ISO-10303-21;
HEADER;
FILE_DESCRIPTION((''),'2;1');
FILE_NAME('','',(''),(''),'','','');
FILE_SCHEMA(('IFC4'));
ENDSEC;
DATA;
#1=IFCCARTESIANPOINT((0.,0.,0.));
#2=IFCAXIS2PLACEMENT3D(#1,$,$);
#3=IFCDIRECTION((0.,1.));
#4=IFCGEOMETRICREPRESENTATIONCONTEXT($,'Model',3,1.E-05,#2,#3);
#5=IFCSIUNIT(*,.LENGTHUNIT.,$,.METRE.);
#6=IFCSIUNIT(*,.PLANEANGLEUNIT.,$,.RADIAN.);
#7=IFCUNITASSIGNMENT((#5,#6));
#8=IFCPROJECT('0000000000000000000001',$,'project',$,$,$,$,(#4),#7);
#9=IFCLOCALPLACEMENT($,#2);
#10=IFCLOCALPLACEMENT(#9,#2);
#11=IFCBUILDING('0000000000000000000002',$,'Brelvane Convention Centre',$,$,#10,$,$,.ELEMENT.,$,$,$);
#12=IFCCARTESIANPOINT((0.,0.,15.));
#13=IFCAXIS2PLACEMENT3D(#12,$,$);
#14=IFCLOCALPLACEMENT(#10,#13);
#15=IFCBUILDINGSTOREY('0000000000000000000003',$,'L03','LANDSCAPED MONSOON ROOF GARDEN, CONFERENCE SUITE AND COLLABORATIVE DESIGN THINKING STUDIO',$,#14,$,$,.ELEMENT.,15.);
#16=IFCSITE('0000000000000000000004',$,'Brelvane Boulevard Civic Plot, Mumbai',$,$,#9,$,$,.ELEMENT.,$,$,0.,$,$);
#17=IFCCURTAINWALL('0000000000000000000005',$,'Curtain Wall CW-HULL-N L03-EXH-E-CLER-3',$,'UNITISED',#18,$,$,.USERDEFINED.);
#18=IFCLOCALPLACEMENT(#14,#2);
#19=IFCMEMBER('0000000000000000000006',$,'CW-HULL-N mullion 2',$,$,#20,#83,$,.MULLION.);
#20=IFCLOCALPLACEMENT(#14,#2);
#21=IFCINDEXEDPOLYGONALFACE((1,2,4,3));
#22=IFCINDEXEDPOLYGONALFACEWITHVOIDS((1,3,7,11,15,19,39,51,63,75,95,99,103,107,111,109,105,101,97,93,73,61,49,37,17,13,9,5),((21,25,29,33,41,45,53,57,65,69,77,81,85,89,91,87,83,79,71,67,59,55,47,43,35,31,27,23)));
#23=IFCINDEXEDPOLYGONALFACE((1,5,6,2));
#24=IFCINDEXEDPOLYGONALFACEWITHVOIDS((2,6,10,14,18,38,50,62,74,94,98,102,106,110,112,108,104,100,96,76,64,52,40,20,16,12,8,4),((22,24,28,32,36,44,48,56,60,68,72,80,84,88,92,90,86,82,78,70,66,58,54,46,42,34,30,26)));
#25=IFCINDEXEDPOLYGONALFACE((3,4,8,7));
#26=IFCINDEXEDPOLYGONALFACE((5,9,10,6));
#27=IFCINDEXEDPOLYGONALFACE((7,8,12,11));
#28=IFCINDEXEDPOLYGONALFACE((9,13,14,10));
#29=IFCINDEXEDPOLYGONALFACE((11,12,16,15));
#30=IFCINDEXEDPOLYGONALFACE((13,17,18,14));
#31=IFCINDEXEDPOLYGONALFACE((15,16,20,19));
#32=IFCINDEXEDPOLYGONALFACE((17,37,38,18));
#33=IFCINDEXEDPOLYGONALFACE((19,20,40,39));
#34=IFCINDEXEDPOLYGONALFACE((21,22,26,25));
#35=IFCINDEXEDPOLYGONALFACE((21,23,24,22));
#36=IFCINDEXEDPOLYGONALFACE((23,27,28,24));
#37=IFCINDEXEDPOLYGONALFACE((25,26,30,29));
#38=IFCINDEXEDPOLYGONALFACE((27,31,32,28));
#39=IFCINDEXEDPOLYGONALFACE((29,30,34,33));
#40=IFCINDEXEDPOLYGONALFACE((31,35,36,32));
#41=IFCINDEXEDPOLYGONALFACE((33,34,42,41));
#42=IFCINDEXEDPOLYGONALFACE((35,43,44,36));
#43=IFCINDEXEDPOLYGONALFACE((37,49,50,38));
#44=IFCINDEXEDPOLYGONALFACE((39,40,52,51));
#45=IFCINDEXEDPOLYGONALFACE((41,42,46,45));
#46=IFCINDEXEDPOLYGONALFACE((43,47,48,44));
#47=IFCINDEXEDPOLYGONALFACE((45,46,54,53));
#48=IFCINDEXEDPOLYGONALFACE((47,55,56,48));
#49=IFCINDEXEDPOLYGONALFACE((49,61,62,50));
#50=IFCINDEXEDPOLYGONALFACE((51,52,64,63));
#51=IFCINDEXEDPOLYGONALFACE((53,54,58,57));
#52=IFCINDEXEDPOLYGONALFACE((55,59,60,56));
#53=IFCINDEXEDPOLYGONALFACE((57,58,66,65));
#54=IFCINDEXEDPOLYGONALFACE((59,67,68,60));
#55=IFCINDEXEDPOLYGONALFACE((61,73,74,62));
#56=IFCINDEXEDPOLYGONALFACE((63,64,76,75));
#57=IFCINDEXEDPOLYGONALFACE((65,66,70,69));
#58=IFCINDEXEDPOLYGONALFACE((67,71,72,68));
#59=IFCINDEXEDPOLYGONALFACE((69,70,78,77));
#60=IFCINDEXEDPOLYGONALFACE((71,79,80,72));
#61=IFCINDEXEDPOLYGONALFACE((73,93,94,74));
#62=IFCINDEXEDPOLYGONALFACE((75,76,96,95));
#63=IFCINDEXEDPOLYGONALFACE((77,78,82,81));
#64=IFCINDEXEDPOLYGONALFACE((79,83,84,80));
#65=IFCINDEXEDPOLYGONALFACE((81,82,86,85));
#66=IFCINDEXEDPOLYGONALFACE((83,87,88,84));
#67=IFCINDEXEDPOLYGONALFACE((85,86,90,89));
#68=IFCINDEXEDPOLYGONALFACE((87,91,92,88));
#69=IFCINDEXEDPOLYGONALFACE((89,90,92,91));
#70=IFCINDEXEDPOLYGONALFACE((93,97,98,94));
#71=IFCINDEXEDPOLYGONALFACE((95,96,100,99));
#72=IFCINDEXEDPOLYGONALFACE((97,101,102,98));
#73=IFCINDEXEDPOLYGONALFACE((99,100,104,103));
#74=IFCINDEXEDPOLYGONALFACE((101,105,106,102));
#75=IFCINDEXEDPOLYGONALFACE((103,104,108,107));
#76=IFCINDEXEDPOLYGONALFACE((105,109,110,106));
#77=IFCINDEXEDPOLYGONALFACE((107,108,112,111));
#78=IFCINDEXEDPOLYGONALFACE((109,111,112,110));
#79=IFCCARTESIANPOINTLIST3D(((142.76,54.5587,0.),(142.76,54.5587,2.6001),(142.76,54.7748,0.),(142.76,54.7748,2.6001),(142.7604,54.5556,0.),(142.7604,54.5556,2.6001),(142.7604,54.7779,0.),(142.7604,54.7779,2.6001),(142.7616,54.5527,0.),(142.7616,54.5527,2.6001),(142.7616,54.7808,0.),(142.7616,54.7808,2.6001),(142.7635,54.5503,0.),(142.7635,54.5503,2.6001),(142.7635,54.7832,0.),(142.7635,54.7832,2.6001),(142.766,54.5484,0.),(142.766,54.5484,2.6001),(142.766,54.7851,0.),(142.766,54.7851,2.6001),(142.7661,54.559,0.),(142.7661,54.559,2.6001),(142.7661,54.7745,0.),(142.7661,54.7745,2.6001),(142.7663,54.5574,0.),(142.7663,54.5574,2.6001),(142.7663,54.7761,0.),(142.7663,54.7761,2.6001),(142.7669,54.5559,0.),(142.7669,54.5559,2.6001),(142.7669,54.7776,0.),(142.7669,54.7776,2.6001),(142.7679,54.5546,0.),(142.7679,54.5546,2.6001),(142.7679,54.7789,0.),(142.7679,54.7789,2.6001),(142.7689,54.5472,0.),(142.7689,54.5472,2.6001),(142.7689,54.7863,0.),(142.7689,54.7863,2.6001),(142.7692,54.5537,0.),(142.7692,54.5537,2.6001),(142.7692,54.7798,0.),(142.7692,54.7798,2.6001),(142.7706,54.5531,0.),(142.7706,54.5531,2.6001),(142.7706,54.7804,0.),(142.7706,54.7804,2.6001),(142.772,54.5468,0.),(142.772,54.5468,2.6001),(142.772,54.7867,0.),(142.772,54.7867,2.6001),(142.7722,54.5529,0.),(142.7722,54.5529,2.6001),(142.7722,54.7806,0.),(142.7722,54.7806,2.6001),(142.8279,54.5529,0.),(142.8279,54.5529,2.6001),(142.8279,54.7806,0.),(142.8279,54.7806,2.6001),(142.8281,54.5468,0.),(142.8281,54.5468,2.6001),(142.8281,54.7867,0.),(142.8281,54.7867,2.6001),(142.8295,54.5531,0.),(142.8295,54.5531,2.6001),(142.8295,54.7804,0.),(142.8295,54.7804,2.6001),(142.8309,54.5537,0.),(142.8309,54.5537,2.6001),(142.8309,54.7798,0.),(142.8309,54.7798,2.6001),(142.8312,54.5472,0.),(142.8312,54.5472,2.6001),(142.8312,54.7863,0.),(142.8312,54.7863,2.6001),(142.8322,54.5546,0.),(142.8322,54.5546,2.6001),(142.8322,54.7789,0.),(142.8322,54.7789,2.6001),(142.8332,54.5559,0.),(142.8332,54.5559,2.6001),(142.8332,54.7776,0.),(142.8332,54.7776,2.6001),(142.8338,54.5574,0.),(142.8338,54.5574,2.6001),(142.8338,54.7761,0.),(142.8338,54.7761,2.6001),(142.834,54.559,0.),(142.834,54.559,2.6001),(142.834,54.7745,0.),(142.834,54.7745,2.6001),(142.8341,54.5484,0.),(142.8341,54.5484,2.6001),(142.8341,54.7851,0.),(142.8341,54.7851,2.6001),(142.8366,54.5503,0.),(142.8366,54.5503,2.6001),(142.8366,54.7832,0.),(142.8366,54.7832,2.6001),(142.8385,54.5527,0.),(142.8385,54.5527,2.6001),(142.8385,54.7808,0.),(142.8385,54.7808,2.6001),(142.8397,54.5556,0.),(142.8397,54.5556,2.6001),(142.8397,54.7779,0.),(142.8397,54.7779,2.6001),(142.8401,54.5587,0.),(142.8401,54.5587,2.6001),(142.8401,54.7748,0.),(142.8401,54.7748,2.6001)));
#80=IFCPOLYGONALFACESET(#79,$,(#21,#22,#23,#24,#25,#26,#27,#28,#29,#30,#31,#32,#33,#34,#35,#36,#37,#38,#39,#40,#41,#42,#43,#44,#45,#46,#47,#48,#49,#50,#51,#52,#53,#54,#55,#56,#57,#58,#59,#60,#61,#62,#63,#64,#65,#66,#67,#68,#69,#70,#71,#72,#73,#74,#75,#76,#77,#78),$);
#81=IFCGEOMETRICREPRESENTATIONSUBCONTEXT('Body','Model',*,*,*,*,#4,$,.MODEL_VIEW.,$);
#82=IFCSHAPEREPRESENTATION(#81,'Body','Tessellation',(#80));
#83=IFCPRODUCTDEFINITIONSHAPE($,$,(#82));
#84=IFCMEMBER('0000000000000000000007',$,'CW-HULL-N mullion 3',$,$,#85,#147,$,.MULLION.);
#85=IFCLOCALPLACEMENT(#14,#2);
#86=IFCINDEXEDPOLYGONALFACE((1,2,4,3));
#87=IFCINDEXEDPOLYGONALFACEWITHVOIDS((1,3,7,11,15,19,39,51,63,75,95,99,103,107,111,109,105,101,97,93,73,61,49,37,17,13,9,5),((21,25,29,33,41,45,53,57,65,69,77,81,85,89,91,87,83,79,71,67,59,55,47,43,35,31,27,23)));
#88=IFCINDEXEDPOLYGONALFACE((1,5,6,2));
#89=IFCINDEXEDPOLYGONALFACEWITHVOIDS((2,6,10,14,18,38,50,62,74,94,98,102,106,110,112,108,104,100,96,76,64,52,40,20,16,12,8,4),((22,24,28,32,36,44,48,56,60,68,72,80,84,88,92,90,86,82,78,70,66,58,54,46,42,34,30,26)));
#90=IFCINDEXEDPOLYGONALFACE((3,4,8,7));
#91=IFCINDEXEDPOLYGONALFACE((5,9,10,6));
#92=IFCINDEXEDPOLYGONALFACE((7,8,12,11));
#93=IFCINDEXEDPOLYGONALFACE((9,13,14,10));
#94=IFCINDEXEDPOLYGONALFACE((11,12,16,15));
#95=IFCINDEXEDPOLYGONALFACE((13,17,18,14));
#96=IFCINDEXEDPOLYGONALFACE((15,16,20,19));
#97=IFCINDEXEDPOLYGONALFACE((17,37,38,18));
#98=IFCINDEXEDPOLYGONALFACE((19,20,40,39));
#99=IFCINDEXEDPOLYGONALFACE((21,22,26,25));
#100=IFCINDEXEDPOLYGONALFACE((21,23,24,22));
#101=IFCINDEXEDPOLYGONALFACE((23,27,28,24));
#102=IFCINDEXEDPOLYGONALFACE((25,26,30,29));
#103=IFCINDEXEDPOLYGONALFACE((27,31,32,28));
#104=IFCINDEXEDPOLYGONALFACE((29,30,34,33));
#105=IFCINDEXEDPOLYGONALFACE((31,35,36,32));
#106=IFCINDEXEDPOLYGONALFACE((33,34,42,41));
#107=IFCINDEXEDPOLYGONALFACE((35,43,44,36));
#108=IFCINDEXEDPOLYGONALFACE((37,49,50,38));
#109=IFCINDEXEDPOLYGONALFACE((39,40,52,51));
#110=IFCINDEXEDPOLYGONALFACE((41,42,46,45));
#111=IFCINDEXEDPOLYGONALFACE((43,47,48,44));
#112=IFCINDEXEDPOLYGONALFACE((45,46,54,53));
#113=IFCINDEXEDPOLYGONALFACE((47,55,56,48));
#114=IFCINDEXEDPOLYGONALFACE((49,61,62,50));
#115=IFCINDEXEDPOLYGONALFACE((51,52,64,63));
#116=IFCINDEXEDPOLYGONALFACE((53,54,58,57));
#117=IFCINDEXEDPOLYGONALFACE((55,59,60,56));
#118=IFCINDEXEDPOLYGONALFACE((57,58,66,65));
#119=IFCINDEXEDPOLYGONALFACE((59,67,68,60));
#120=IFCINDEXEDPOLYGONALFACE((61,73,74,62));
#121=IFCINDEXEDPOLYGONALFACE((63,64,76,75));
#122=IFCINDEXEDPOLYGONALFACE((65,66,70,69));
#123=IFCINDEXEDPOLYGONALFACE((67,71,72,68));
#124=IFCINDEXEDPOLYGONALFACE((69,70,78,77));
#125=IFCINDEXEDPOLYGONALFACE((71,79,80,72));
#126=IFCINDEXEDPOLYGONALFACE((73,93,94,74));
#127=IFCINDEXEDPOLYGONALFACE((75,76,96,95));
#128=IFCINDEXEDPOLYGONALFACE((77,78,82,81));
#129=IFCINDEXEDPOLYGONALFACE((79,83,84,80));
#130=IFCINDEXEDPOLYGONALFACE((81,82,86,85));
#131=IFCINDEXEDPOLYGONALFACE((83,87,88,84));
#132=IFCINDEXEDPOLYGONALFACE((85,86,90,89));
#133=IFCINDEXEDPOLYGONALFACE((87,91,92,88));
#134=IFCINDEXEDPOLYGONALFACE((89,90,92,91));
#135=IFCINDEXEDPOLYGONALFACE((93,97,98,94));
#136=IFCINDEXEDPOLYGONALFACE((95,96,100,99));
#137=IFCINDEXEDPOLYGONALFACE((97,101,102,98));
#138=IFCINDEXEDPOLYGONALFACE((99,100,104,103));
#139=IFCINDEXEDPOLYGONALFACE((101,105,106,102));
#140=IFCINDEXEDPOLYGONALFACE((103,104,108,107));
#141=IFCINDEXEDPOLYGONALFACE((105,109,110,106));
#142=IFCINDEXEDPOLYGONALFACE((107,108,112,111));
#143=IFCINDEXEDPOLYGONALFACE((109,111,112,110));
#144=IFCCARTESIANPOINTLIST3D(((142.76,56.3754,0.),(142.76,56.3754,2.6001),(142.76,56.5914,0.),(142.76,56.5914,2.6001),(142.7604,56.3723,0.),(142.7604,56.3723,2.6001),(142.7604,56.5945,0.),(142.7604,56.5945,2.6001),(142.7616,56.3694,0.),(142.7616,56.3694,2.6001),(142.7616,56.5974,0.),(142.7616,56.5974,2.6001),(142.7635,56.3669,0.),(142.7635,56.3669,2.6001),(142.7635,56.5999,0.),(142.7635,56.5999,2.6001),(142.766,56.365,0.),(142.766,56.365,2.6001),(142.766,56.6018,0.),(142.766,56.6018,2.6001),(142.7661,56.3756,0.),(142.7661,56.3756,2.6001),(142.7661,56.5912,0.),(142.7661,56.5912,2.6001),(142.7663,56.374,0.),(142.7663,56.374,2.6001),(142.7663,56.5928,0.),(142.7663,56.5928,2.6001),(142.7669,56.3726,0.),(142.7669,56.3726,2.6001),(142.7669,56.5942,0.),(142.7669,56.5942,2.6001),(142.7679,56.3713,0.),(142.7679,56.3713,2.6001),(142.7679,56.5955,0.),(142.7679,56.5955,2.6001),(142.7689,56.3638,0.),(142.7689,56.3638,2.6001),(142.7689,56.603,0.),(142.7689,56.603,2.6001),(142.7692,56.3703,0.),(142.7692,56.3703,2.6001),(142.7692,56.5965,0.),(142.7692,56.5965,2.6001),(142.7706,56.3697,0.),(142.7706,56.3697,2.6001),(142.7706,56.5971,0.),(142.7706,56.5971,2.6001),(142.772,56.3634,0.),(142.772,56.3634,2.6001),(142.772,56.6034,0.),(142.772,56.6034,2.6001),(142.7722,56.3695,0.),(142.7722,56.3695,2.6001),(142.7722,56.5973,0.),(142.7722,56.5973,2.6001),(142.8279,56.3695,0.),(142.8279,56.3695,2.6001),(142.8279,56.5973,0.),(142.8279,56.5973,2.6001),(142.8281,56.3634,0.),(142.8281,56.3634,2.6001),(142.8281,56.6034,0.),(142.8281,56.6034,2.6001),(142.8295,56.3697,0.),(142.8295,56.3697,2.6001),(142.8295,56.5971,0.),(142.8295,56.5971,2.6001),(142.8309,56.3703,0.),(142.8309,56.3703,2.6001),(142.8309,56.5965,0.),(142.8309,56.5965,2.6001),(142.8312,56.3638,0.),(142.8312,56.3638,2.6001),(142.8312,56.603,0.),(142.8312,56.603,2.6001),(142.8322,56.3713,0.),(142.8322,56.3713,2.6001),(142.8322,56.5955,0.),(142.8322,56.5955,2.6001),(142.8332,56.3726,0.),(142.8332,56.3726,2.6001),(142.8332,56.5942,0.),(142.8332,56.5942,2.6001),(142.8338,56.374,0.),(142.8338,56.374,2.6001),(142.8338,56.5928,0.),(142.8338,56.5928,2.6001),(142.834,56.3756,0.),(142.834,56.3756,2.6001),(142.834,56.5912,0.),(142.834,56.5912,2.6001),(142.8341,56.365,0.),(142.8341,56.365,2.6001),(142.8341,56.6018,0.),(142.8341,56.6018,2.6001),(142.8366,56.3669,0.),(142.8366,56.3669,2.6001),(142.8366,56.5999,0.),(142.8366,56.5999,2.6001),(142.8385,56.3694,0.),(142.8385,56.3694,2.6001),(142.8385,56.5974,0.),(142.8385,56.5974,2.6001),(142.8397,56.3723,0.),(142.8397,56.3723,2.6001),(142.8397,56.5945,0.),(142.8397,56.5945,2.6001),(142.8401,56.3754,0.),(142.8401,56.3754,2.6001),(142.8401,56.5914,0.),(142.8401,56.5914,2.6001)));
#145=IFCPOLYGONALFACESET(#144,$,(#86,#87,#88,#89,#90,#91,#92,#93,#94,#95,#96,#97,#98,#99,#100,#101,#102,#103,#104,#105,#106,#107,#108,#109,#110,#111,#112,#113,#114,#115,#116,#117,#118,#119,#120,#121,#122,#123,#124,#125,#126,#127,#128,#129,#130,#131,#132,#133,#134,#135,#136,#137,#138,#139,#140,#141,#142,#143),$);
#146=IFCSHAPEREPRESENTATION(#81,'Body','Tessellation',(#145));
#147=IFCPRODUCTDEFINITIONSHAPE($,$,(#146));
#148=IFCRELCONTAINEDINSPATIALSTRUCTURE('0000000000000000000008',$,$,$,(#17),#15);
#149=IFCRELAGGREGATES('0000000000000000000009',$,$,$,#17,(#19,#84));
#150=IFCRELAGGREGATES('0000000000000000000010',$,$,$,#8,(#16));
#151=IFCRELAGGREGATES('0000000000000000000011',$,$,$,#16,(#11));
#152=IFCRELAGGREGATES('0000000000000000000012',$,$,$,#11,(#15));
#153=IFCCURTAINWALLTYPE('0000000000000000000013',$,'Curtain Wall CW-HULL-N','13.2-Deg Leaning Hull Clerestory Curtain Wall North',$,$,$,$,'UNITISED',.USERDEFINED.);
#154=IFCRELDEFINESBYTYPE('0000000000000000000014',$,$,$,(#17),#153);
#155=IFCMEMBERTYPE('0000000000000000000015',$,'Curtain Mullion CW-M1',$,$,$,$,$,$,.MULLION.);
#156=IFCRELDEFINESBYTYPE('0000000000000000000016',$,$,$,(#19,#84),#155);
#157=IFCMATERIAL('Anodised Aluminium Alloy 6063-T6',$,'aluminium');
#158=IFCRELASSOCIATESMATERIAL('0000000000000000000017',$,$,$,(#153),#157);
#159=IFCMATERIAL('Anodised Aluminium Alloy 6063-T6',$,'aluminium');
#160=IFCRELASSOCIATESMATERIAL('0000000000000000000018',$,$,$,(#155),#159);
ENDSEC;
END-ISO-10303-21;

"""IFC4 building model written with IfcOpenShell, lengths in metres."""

from ifc_helpers import new_model, si_unit, direction, frame, origin, origin_2d, place, context, subcontext, project, spatial, hollow_rectangle, extrude, material, material_profile, profile_set, type_object, element, aggregate, save


model = new_model("IFC4")

# Units and contexts
model_context = context("Model", 3, precision=1e-05, world=origin(), true_north=direction((0.0, 1.0)))
body_context = subcontext(model_context, "Body", "Model", "MODEL_VIEW")
ifc_project = project(units=[si_unit("LENGTHUNIT", "METRE"), si_unit("PLANEANGLEUNIT", "RADIAN")], contexts=[model_context])

# Site, building, storey
site_placement = place(None, origin())
site = spatial("IfcSite", under=ifc_project, at=site_placement, Name="Brelvane Boulevard Civic Plot, Mumbai", CompositionType="ELEMENT", RefElevation=0.0)
building_placement = place(site_placement, origin())
building = spatial("IfcBuilding", under=site, at=building_placement, Name="Brelvane Convention Centre", CompositionType="ELEMENT")
storey_placement = place(building_placement, frame((0.0, 0.0, 15.0)))
storey = spatial("IfcBuildingStorey", under=building, at=storey_placement, Name="L03", Description="LANDSCAPED MONSOON ROOF GARDEN, CONFERENCE SUITE AND COLLABORATIVE DESIGN THINKING STUDIO", CompositionType="ELEMENT", Elevation=15.0)

# Curtain wall, members
ifc_material_1 = material(Name="Anodised Aluminium Alloy 6063-T6", Category="aluminium")
curtain_wall_type = type_object("IfcCurtainWallType", Name="Curtain Wall CW-HULL-N", Description="13.2-Deg Leaning Hull Clerestory Curtain Wall North", ElementType="UNITISED", PredefinedType="USERDEFINED", material=ifc_material_1)
curtain_wall_placement = place(storey_placement, origin())
curtain_wall = element("IfcCurtainWall", 1, at=curtain_wall_placement, inside=storey, type_object=curtain_wall_type, Name="Curtain Wall CW-HULL-N L03-EXH-E-CLER-3", ObjectType="UNITISED", PredefinedType="USERDEFINED")
ifc_material_2 = material(Name="Anodised Aluminium Alloy 6063-T6", Category="aluminium")
ifc_material_profile_1 = material_profile(ifc_material_2, hollow_rectangle(XDim=0.0801, YDim=0.24, WallThickness=0.0061, InnerFilletRadius=0.0061, OuterFilletRadius=0.012, at=origin_2d()), Name="ALU-M 240x80x6.0")
ifc_profile_set_1 = profile_set([ifc_material_profile_1], Name="Anodised Aluminium Alloy 6063-T6")
member_type_1 = type_object("IfcMemberType", Name="Curtain Mullion CW-M1", PredefinedType="MULLION", material=ifc_profile_set_1)
member_1_placement = place(storey_placement, frame((142.8, 54.6667, 0.0), z_axis=(0.0, 0.0, 1.0), x_axis=(-1.0, 0.0, 0.0)))
member_1 = element("IfcMember", 2, at=member_1_placement, type_object=member_type_1, Name="CW-HULL-N mullion 2", PredefinedType="MULLION", context=body_context, shape_type="SweptSolid", body=[
    extrude(hollow_rectangle(XDim=0.0801, YDim=0.24, WallThickness=0.0061, InnerFilletRadius=0.0061, OuterFilletRadius=0.012, at=origin_2d()), origin(), (0.0, 0.0, 1.0), 2.6001),
])
member_2_placement = place(storey_placement, frame((142.8, 56.4834, 0.0), z_axis=(0.0, 0.0, 1.0), x_axis=(-1.0, 0.0, 0.0)))
member_2 = element("IfcMember", 3, at=member_2_placement, type_object=member_type_1, Name="CW-HULL-N mullion 3", PredefinedType="MULLION", context=body_context, shape_type="SweptSolid", body=[
    extrude(hollow_rectangle(XDim=0.0801, YDim=0.24, WallThickness=0.0061, InnerFilletRadius=0.0061, OuterFilletRadius=0.012, at=origin_2d()), origin(), (0.0, 0.0, 1.0), 2.6001),
])

aggregate(curtain_wall, [member_1, member_2])

save(model, "model.ifc")
